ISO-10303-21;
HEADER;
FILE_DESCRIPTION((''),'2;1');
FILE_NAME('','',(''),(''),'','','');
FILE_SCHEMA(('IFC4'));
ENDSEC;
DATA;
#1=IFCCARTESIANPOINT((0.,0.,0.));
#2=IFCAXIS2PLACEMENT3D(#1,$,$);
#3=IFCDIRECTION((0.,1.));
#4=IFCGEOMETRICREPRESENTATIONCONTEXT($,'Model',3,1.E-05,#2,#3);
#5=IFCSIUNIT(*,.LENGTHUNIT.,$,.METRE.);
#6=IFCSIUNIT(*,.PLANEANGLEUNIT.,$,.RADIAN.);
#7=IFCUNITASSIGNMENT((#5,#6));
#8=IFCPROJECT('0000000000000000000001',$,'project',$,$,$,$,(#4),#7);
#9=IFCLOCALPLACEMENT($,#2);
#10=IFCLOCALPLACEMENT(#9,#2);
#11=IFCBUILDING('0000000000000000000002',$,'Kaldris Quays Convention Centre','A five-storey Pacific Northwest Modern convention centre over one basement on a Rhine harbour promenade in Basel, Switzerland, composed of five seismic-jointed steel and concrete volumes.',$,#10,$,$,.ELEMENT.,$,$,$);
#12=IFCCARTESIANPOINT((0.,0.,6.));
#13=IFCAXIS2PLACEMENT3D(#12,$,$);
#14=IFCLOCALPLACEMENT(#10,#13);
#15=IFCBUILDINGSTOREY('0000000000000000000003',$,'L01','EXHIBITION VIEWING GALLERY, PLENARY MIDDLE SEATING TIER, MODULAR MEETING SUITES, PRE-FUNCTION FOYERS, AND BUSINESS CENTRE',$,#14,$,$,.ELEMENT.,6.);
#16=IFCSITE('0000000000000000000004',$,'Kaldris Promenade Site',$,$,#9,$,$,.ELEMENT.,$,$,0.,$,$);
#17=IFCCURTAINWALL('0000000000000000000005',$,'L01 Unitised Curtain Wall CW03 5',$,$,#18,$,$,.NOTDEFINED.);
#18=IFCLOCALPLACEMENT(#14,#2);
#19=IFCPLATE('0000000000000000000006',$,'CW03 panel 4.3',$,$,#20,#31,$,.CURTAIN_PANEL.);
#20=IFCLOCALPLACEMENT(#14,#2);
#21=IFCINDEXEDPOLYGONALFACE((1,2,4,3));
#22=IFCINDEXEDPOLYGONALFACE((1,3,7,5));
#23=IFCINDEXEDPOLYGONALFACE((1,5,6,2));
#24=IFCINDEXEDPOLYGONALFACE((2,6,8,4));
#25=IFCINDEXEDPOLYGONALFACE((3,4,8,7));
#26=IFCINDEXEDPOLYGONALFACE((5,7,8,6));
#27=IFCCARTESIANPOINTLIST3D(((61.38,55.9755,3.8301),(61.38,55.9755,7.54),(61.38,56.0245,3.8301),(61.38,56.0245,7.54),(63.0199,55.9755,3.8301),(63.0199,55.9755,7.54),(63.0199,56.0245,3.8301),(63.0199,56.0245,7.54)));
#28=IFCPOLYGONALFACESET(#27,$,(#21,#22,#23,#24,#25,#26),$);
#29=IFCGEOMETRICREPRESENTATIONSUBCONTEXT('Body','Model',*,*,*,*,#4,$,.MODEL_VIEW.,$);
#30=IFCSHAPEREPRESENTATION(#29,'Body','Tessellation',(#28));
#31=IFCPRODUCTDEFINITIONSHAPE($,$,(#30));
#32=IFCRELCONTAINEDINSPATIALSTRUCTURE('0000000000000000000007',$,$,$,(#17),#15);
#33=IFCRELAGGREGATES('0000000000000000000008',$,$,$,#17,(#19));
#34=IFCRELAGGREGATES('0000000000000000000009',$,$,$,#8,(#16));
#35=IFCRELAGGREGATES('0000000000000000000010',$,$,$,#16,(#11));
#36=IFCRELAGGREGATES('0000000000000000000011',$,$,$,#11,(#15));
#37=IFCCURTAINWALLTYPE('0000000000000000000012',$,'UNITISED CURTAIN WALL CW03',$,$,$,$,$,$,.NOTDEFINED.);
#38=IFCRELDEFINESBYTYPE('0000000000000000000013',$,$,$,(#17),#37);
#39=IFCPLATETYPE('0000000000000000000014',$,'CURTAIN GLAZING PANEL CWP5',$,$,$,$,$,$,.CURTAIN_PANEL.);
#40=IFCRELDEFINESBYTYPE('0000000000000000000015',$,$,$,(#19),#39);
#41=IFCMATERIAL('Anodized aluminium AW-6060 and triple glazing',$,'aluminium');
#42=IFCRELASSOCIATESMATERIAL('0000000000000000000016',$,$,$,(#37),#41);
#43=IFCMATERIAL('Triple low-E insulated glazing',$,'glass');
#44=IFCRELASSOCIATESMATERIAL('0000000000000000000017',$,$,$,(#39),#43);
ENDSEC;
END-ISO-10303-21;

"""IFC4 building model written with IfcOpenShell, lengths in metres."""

from ifc_helpers import new_model, si_unit, direction, frame, origin, origin_2d, place, context, subcontext, project, spatial, rectangle, extrude, material, type_object, element, aggregate, save


model = new_model("IFC4")

# Units and contexts
model_context = context("Model", 3, precision=1e-05, world=origin(), true_north=direction((0.0, 1.0)))
body_context = subcontext(model_context, "Body", "Model", "MODEL_VIEW")
ifc_project = project(units=[si_unit("LENGTHUNIT", "METRE"), si_unit("PLANEANGLEUNIT", "RADIAN")], contexts=[model_context])

# Site, building, storey
site_placement = place(None, origin())
site = spatial("IfcSite", under=ifc_project, at=site_placement, Name="Kaldris Promenade Site", CompositionType="ELEMENT", RefElevation=0.0)
building_placement = place(site_placement, origin())
building = spatial("IfcBuilding", under=site, at=building_placement, Name="Kaldris Quays Convention Centre", Description="A five-storey Pacific Northwest Modern convention centre over one basement on a Rhine harbour promenade in Basel, Switzerland, composed of five seismic-jointed steel and concrete volumes.", CompositionType="ELEMENT")
storey_placement = place(building_placement, frame((0.0, 0.0, 6.0)))
storey = spatial("IfcBuildingStorey", under=building, at=storey_placement, Name="L01", Description="EXHIBITION VIEWING GALLERY, PLENARY MIDDLE SEATING TIER, MODULAR MEETING SUITES, PRE-FUNCTION FOYERS, AND BUSINESS CENTRE", CompositionType="ELEMENT", Elevation=6.0)

# Curtain wall, plate
ifc_material_1 = material(Name="Anodized aluminium AW-6060 and triple glazing", Category="aluminium")
curtain_wall_type = type_object("IfcCurtainWallType", Name="UNITISED CURTAIN WALL CW03", PredefinedType="NOTDEFINED", material=ifc_material_1)
curtain_wall_placement = place(storey_placement, origin())
curtain_wall = element("IfcCurtainWall", 1, at=curtain_wall_placement, inside=storey, type_object=curtain_wall_type, Name="L01 Unitised Curtain Wall CW03 5", PredefinedType="NOTDEFINED")
ifc_material_2 = material(Name="Triple low-E insulated glazing", Category="glass")
plate_type = type_object("IfcPlateType", Name="CURTAIN GLAZING PANEL CWP5", PredefinedType="CURTAIN_PANEL", material=ifc_material_2)
plate_1_placement = place(storey_placement, frame((62.2, 56.0, 3.8301), z_axis=(0.0, 0.0, 1.0), x_axis=(1.0, 0.0, 0.0)))
plate_1 = element("IfcPlate", 2, at=plate_1_placement, type_object=plate_type, Name="CW03 panel 4.3", PredefinedType="CURTAIN_PANEL", context=body_context, shape_type="SweptSolid", body=[
    extrude(rectangle(XDim=1.6399, YDim=0.0491, at=origin_2d()), origin(), (0.0, 0.0, 1.0), 3.71),
])
aggregate(curtain_wall, [plate_1])

save(model, "model.ifc")
